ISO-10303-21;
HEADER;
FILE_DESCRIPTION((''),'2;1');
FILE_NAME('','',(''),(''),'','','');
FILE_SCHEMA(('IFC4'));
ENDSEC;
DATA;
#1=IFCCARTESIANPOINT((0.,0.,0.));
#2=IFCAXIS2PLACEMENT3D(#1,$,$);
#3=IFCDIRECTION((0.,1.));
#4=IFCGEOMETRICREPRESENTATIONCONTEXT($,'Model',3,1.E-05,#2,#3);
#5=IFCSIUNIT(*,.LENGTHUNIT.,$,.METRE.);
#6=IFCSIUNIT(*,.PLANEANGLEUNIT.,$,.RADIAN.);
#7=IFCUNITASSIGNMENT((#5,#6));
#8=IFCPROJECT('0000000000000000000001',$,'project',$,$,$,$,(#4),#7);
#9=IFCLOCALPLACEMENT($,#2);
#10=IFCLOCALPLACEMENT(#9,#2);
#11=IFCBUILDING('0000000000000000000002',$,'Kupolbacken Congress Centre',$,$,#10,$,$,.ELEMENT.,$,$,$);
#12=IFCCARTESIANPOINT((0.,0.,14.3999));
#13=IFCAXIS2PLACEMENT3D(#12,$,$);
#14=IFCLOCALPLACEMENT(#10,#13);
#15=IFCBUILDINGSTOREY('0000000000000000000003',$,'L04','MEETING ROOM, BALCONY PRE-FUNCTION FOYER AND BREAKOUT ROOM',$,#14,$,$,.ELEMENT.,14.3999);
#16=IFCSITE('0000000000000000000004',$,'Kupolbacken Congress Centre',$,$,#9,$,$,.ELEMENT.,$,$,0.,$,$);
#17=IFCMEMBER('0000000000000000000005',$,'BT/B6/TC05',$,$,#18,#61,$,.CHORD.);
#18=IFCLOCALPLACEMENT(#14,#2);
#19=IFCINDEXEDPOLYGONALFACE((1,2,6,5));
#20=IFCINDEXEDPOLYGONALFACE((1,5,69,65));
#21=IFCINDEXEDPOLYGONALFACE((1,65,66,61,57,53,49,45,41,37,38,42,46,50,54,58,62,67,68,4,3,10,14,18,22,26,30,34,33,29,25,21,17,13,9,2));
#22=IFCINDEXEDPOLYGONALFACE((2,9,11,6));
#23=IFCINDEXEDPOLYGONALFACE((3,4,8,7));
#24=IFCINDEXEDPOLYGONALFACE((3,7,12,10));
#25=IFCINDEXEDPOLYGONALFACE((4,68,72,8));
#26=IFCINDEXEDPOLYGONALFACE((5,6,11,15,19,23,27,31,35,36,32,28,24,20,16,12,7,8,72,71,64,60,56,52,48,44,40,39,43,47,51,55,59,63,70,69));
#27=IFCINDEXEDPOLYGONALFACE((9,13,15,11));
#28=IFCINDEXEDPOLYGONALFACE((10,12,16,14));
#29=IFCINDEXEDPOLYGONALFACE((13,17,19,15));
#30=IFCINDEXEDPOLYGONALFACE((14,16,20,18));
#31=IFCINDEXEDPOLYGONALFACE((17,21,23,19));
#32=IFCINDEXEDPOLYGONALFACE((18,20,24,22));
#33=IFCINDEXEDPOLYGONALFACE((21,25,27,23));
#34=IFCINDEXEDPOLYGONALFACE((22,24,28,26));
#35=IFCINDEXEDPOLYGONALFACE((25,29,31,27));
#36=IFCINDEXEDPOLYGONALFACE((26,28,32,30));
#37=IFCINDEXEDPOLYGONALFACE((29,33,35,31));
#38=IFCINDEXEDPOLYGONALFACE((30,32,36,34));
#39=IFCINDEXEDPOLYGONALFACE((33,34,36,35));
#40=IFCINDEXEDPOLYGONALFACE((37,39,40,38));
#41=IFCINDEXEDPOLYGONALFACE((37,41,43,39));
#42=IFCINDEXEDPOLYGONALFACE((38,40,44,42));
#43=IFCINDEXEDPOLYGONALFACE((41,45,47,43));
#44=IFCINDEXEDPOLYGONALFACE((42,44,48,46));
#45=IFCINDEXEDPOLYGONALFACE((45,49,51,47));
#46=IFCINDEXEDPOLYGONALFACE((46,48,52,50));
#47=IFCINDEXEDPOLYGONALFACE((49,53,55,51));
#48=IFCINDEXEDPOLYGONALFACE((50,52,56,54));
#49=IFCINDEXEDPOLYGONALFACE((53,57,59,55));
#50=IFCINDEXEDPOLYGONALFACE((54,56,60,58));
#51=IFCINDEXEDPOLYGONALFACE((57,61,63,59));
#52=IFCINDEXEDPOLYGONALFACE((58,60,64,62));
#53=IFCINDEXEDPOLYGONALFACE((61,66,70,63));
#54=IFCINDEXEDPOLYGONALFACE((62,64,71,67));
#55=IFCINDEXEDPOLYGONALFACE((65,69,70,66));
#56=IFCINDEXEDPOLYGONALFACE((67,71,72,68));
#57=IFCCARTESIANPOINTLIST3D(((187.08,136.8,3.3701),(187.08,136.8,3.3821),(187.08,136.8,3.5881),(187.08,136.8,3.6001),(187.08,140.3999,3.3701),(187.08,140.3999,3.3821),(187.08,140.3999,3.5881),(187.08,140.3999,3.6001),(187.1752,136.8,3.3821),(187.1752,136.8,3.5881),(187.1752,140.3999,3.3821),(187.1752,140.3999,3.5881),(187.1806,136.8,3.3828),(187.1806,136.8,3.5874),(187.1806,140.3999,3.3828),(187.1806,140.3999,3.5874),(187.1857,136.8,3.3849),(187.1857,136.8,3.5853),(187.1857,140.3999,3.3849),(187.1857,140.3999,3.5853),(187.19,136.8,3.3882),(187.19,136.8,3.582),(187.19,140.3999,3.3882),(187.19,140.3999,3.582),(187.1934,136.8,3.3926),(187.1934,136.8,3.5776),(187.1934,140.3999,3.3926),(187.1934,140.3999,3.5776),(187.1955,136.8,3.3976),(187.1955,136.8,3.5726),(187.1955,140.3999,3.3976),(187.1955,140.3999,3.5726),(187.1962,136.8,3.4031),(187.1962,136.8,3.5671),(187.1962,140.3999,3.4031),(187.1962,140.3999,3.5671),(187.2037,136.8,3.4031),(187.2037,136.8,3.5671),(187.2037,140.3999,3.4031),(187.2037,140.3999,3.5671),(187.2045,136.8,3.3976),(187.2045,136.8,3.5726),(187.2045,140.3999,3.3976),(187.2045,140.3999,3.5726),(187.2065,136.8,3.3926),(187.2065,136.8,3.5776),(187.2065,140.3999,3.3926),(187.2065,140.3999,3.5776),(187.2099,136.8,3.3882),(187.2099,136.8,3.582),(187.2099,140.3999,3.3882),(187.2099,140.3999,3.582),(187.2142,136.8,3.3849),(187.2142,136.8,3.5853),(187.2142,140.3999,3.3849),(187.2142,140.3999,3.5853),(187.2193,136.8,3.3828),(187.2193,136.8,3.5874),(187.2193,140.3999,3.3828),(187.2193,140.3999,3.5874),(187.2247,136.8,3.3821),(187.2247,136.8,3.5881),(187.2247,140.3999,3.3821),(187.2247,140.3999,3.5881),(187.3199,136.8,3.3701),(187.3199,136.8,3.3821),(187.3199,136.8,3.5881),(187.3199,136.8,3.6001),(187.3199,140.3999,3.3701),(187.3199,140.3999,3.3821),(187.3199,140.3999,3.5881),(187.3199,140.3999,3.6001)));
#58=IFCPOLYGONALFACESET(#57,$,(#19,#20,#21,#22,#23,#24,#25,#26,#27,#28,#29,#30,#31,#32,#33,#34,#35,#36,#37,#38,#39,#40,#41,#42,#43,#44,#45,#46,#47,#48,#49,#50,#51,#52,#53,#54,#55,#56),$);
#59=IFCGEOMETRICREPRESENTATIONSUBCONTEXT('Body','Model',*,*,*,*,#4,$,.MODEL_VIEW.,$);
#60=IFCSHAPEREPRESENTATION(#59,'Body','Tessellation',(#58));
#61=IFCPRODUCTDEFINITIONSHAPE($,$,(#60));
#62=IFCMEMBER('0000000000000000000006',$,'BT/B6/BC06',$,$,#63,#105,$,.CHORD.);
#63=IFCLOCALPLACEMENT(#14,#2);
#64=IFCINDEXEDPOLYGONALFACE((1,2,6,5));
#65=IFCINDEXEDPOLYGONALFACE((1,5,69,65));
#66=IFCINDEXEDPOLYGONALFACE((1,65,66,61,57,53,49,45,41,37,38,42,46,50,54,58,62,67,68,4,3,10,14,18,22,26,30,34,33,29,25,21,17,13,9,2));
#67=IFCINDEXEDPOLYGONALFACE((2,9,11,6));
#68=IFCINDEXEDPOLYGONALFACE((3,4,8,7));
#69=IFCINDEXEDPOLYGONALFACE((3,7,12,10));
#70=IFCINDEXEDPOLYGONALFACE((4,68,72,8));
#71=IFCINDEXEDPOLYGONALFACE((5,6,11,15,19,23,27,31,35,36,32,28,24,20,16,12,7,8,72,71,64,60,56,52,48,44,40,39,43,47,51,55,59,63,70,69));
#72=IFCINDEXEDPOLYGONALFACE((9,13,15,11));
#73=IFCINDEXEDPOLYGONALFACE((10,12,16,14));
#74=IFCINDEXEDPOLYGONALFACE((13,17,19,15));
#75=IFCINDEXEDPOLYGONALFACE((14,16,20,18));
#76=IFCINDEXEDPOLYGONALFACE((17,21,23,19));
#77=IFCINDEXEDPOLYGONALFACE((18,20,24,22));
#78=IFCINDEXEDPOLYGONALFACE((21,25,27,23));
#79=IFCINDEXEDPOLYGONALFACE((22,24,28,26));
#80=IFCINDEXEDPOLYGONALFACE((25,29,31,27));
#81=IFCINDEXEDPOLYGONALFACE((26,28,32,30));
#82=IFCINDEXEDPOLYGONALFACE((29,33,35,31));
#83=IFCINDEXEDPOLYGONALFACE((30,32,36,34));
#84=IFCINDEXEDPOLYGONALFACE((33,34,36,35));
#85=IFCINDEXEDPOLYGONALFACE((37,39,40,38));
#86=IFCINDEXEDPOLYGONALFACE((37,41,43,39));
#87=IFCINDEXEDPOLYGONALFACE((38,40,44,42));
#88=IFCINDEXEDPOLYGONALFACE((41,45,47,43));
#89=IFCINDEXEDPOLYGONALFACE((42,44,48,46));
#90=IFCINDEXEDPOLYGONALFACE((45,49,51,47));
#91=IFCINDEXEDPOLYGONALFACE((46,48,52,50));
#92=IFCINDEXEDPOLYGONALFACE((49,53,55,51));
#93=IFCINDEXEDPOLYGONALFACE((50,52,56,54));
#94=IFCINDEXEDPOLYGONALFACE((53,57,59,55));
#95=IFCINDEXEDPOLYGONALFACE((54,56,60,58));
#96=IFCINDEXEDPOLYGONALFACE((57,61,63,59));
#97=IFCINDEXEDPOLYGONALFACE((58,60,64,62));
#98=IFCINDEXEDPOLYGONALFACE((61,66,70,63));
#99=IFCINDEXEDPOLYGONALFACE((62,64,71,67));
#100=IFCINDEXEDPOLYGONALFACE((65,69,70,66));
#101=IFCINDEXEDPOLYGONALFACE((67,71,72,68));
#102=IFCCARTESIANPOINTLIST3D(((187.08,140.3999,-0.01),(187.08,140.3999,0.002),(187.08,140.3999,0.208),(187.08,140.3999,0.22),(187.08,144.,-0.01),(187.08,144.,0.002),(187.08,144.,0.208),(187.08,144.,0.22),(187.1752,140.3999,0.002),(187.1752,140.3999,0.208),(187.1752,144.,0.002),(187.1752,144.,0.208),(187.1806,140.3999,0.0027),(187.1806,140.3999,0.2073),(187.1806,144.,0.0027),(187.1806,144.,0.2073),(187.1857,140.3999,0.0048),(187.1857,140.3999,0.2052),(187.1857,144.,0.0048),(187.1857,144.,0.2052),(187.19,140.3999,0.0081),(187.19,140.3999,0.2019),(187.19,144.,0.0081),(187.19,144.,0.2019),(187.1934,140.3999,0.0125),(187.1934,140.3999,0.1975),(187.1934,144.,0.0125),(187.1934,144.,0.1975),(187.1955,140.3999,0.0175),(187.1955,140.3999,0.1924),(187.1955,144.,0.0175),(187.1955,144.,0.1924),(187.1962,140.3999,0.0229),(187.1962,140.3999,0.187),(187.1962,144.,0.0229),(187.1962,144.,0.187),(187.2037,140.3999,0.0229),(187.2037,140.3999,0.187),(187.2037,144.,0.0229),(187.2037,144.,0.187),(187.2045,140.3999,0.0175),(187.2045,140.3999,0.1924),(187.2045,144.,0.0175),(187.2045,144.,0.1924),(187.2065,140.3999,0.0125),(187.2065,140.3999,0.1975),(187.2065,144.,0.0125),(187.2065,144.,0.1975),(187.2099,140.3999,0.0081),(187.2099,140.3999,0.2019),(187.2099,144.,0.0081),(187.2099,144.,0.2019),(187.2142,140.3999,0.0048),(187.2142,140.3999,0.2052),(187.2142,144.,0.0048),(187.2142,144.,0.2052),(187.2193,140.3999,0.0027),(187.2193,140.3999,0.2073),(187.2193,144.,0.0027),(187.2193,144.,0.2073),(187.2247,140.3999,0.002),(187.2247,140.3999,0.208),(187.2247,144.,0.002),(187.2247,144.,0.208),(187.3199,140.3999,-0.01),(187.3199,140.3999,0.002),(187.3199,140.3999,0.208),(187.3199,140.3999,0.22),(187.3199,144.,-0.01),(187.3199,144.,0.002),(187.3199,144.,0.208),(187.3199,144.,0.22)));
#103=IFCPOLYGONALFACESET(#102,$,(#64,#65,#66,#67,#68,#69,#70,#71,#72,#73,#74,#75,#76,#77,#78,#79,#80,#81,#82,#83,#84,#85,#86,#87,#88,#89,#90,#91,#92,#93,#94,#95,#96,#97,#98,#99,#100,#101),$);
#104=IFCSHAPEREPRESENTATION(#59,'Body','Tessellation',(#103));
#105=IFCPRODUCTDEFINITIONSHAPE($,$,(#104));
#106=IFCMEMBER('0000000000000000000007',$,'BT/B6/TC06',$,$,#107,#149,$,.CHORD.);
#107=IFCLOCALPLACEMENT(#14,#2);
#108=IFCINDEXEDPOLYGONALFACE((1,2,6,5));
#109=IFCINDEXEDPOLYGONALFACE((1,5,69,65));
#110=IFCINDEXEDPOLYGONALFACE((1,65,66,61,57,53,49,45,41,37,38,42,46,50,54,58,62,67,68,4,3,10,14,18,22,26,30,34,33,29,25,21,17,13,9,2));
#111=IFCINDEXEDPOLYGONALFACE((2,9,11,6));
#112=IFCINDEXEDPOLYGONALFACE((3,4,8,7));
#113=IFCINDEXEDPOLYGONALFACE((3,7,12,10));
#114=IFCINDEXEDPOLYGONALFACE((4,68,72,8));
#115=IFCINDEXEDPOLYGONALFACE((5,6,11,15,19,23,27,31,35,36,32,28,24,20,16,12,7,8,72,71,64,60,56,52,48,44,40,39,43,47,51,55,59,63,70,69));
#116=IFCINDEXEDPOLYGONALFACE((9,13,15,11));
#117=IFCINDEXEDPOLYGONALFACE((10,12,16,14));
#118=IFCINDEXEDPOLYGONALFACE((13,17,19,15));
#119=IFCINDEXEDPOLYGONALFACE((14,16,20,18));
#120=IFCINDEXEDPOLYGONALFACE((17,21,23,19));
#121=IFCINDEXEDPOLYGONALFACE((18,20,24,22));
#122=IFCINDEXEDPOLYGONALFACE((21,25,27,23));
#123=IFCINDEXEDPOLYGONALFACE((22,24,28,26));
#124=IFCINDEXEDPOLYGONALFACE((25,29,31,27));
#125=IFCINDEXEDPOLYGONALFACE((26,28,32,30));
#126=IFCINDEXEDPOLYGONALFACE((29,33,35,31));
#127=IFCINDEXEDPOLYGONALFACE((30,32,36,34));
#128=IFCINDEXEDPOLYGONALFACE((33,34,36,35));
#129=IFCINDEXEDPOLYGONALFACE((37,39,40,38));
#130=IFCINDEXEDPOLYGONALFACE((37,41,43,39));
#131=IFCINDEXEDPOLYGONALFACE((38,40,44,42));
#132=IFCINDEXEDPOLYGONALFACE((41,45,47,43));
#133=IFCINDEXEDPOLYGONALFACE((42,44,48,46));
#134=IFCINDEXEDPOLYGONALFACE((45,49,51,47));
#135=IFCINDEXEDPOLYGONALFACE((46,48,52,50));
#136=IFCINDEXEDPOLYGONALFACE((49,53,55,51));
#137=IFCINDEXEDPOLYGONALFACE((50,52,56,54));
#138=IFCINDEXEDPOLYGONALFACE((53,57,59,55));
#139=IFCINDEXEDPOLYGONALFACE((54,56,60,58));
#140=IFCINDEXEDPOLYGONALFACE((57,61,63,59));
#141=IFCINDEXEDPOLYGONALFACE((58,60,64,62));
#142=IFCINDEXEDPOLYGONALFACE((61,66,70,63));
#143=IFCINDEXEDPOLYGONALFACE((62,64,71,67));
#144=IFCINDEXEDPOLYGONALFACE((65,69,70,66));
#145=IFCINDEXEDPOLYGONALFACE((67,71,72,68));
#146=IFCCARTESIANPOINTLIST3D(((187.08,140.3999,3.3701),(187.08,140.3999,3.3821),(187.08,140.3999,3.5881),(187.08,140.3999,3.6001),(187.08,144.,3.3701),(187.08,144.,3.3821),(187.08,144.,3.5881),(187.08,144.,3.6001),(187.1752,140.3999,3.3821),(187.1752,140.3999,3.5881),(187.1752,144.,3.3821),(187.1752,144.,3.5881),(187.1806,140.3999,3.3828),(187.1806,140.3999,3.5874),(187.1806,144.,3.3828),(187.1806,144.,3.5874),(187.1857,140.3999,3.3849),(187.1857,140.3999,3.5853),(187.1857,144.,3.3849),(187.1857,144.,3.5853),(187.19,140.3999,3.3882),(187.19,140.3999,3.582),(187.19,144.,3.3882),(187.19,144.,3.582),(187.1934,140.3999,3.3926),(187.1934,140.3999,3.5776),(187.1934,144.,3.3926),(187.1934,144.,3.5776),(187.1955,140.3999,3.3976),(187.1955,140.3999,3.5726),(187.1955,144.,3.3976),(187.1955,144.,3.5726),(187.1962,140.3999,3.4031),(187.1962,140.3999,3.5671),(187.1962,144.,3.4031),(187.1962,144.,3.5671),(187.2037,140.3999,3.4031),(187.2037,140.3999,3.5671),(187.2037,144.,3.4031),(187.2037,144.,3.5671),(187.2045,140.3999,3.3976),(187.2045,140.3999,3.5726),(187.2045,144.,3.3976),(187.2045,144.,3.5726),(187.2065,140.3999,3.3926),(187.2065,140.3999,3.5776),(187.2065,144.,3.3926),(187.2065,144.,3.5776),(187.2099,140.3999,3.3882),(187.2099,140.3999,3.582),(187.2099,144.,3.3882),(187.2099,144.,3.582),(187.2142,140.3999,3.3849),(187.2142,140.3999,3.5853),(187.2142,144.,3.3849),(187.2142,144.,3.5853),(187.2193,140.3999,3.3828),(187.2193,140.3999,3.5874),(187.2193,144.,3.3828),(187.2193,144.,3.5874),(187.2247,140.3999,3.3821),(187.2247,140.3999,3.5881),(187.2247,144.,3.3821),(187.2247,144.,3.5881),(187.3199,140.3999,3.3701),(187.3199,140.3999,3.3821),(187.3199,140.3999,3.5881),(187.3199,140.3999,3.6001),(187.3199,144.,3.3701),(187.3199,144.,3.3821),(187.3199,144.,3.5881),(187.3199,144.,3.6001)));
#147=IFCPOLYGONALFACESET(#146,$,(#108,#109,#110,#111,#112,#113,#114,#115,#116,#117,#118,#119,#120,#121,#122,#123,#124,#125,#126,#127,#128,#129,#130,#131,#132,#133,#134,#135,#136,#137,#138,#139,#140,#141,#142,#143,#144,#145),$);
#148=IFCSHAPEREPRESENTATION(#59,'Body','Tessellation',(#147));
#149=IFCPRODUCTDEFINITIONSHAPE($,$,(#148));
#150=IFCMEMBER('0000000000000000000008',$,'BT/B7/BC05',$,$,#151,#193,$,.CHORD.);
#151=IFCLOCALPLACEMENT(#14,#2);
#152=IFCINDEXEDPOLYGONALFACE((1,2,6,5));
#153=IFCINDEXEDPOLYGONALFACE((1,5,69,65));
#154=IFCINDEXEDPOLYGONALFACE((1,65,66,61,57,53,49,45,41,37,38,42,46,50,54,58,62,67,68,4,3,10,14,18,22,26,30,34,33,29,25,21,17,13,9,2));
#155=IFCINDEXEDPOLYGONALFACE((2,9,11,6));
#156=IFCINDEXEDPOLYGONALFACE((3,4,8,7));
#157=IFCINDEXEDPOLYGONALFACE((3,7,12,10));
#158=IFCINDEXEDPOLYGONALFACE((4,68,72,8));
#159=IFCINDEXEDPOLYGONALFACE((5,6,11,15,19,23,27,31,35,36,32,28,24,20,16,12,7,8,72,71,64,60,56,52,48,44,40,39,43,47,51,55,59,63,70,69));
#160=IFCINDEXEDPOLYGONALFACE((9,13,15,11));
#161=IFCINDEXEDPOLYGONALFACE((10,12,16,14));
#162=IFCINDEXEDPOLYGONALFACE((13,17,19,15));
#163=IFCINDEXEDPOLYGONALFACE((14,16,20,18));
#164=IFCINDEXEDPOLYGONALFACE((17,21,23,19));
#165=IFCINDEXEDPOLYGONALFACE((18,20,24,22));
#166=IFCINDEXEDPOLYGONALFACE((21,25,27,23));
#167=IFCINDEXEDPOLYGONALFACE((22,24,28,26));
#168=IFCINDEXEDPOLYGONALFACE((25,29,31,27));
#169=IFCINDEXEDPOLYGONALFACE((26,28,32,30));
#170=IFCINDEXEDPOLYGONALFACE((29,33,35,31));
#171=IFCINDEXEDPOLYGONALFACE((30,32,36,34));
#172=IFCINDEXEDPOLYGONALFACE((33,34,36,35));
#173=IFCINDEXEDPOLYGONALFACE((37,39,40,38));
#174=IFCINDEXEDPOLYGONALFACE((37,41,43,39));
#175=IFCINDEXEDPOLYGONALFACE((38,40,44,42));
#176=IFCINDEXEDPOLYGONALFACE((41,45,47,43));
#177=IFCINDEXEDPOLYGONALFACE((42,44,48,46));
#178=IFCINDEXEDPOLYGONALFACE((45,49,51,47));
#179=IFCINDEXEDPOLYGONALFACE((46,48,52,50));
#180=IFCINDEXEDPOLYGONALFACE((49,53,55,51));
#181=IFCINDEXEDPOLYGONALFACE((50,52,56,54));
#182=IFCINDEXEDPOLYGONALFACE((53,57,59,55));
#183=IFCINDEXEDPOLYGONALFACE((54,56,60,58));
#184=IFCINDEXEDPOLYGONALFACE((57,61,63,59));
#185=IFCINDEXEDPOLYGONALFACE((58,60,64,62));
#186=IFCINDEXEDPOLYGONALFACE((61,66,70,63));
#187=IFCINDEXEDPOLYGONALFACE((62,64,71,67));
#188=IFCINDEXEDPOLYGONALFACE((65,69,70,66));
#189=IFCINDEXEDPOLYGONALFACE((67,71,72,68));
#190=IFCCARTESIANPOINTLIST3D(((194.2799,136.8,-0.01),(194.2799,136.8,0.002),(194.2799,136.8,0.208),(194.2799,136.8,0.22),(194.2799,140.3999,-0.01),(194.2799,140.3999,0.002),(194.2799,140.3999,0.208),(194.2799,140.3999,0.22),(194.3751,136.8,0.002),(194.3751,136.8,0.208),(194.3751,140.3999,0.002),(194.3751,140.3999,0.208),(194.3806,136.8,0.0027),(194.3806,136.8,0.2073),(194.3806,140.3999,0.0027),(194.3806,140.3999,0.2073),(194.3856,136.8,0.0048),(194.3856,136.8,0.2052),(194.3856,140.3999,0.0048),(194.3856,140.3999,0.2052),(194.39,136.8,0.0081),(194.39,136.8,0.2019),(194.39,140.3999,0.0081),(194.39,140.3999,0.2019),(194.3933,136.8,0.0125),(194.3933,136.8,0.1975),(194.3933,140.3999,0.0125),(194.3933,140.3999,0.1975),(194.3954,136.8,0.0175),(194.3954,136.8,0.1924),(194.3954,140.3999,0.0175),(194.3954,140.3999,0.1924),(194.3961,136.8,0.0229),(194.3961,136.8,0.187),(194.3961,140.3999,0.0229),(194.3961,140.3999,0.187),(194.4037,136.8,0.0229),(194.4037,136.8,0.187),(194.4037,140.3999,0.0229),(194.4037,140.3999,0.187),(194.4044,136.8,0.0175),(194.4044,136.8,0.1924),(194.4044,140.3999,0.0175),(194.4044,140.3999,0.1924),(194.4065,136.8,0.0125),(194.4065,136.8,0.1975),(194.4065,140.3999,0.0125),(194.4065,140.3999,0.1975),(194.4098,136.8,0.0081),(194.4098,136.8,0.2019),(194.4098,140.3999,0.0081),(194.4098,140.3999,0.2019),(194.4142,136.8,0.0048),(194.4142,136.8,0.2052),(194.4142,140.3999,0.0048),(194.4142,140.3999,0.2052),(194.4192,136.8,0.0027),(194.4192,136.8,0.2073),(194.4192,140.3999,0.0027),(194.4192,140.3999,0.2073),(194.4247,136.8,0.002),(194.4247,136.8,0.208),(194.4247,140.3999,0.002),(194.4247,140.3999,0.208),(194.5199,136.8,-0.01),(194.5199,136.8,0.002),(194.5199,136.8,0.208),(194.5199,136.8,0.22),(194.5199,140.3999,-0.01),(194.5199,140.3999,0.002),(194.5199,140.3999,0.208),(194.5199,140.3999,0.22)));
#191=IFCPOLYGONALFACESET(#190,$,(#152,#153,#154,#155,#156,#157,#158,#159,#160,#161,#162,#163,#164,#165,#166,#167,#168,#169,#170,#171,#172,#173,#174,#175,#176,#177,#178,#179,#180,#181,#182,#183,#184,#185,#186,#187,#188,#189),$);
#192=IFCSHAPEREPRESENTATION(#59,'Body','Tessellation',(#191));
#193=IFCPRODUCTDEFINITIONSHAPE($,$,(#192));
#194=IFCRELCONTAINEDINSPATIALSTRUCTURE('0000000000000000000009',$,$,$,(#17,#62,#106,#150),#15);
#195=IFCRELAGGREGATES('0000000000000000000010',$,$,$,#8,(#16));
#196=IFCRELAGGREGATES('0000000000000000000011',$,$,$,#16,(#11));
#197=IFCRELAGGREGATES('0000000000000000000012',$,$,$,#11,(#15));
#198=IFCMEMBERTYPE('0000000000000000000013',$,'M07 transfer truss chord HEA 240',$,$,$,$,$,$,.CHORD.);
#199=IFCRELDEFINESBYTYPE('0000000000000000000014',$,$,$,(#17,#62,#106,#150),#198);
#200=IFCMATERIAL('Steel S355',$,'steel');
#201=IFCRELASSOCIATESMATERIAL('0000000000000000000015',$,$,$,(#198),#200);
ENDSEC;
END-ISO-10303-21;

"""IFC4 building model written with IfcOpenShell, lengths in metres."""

from ifc_helpers import new_model, si_unit, direction, frame, origin, origin_2d, place, context, subcontext, project, spatial, i_section, extrude, material, material_profile, profile_set, type_object, element, save


model = new_model("IFC4")

# Units and contexts
model_context = context("Model", 3, precision=1e-05, world=origin(), true_north=direction((0.0, 1.0)))
body_context = subcontext(model_context, "Body", "Model", "MODEL_VIEW")
ifc_project = project(units=[si_unit("LENGTHUNIT", "METRE"), si_unit("PLANEANGLEUNIT", "RADIAN")], contexts=[model_context])

# Site, building, storey
site_placement = place(None, origin())
site = spatial("IfcSite", under=ifc_project, at=site_placement, Name="Kupolbacken Congress Centre", CompositionType="ELEMENT", RefElevation=0.0)
building_placement = place(site_placement, origin())
building = spatial("IfcBuilding", under=site, at=building_placement, Name="Kupolbacken Congress Centre", CompositionType="ELEMENT")
storey_placement = place(building_placement, frame((0.0, 0.0, 14.3999)))
storey = spatial("IfcBuildingStorey", under=building, at=storey_placement, Name="L04", Description="MEETING ROOM, BALCONY PRE-FUNCTION FOYER AND BREAKOUT ROOM", CompositionType="ELEMENT", Elevation=14.3999)

# Members
ifc_material_1 = material(Name="Steel S355", Category="steel")
ifc_material_profile_1 = material_profile(ifc_material_1, i_section(OverallWidth=0.24, OverallDepth=0.23, WebThickness=0.0076, FlangeThickness=0.012, FilletRadius=0.021, at=origin_2d()), Name="HEA 240")
ifc_profile_set_1 = profile_set([ifc_material_profile_1], Name="Steel S355")
member_type_1 = type_object("IfcMemberType", Name="M07 transfer truss chord HEA 240", PredefinedType="CHORD", material=ifc_profile_set_1)
for number, where, z_axis, x_axis, name in (
    (1, (187.2, 136.8, 3.4851), (0.0, 1.0, 0.0), (-1.0, 0.0, 0.0), "BT/B6/TC05"),
):
    element("IfcMember", number, at=place(storey_placement, frame(where, z_axis=z_axis, x_axis=x_axis)), inside=storey, type_object=member_type_1, Name=name, PredefinedType="CHORD", context=body_context, shape_type="SweptSolid", body=[
        extrude(i_section(OverallWidth=0.24, OverallDepth=0.23, WebThickness=0.0076, FlangeThickness=0.012, FilletRadius=0.021, at=origin_2d()), origin(), (0.0, 0.0, 1.0), 3.5999),
    ])
for number, where, z_axis, x_axis, name in (
    (2, (187.2, 140.3999, 0.105), (0.0, 1.0, 0.0), (-1.0, 0.0, 0.0), "BT/B6/BC06"),
    (3, (187.2, 140.3999, 3.4851), (0.0, 1.0, 0.0), (-1.0, 0.0, 0.0), "BT/B6/TC06"),
):
    element("IfcMember", number, at=place(storey_placement, frame(where, z_axis=z_axis, x_axis=x_axis)), inside=storey, type_object=member_type_1, Name=name, PredefinedType="CHORD", context=body_context, shape_type="SweptSolid", body=[
        extrude(i_section(OverallWidth=0.24, OverallDepth=0.23, WebThickness=0.0076, FlangeThickness=0.012, FilletRadius=0.021, at=origin_2d()), origin(), (0.0, 0.0, 1.0), 3.6001),
    ])
member_1_placement = place(storey_placement, frame((194.3999, 136.8, 0.105), z_axis=(0.0, 1.0, 0.0), x_axis=(-1.0, 0.0, 0.0)))
element("IfcMember", 4, at=member_1_placement, inside=storey, type_object=member_type_1, Name="BT/B7/BC05", PredefinedType="CHORD", context=body_context, shape_type="SweptSolid", body=[
    extrude(i_section(OverallWidth=0.24, OverallDepth=0.23, WebThickness=0.0076, FlangeThickness=0.012, FilletRadius=0.021, at=origin_2d()), origin(), (0.0, 0.0, 1.0), 3.5999),
])

save(model, "model.ifc")
